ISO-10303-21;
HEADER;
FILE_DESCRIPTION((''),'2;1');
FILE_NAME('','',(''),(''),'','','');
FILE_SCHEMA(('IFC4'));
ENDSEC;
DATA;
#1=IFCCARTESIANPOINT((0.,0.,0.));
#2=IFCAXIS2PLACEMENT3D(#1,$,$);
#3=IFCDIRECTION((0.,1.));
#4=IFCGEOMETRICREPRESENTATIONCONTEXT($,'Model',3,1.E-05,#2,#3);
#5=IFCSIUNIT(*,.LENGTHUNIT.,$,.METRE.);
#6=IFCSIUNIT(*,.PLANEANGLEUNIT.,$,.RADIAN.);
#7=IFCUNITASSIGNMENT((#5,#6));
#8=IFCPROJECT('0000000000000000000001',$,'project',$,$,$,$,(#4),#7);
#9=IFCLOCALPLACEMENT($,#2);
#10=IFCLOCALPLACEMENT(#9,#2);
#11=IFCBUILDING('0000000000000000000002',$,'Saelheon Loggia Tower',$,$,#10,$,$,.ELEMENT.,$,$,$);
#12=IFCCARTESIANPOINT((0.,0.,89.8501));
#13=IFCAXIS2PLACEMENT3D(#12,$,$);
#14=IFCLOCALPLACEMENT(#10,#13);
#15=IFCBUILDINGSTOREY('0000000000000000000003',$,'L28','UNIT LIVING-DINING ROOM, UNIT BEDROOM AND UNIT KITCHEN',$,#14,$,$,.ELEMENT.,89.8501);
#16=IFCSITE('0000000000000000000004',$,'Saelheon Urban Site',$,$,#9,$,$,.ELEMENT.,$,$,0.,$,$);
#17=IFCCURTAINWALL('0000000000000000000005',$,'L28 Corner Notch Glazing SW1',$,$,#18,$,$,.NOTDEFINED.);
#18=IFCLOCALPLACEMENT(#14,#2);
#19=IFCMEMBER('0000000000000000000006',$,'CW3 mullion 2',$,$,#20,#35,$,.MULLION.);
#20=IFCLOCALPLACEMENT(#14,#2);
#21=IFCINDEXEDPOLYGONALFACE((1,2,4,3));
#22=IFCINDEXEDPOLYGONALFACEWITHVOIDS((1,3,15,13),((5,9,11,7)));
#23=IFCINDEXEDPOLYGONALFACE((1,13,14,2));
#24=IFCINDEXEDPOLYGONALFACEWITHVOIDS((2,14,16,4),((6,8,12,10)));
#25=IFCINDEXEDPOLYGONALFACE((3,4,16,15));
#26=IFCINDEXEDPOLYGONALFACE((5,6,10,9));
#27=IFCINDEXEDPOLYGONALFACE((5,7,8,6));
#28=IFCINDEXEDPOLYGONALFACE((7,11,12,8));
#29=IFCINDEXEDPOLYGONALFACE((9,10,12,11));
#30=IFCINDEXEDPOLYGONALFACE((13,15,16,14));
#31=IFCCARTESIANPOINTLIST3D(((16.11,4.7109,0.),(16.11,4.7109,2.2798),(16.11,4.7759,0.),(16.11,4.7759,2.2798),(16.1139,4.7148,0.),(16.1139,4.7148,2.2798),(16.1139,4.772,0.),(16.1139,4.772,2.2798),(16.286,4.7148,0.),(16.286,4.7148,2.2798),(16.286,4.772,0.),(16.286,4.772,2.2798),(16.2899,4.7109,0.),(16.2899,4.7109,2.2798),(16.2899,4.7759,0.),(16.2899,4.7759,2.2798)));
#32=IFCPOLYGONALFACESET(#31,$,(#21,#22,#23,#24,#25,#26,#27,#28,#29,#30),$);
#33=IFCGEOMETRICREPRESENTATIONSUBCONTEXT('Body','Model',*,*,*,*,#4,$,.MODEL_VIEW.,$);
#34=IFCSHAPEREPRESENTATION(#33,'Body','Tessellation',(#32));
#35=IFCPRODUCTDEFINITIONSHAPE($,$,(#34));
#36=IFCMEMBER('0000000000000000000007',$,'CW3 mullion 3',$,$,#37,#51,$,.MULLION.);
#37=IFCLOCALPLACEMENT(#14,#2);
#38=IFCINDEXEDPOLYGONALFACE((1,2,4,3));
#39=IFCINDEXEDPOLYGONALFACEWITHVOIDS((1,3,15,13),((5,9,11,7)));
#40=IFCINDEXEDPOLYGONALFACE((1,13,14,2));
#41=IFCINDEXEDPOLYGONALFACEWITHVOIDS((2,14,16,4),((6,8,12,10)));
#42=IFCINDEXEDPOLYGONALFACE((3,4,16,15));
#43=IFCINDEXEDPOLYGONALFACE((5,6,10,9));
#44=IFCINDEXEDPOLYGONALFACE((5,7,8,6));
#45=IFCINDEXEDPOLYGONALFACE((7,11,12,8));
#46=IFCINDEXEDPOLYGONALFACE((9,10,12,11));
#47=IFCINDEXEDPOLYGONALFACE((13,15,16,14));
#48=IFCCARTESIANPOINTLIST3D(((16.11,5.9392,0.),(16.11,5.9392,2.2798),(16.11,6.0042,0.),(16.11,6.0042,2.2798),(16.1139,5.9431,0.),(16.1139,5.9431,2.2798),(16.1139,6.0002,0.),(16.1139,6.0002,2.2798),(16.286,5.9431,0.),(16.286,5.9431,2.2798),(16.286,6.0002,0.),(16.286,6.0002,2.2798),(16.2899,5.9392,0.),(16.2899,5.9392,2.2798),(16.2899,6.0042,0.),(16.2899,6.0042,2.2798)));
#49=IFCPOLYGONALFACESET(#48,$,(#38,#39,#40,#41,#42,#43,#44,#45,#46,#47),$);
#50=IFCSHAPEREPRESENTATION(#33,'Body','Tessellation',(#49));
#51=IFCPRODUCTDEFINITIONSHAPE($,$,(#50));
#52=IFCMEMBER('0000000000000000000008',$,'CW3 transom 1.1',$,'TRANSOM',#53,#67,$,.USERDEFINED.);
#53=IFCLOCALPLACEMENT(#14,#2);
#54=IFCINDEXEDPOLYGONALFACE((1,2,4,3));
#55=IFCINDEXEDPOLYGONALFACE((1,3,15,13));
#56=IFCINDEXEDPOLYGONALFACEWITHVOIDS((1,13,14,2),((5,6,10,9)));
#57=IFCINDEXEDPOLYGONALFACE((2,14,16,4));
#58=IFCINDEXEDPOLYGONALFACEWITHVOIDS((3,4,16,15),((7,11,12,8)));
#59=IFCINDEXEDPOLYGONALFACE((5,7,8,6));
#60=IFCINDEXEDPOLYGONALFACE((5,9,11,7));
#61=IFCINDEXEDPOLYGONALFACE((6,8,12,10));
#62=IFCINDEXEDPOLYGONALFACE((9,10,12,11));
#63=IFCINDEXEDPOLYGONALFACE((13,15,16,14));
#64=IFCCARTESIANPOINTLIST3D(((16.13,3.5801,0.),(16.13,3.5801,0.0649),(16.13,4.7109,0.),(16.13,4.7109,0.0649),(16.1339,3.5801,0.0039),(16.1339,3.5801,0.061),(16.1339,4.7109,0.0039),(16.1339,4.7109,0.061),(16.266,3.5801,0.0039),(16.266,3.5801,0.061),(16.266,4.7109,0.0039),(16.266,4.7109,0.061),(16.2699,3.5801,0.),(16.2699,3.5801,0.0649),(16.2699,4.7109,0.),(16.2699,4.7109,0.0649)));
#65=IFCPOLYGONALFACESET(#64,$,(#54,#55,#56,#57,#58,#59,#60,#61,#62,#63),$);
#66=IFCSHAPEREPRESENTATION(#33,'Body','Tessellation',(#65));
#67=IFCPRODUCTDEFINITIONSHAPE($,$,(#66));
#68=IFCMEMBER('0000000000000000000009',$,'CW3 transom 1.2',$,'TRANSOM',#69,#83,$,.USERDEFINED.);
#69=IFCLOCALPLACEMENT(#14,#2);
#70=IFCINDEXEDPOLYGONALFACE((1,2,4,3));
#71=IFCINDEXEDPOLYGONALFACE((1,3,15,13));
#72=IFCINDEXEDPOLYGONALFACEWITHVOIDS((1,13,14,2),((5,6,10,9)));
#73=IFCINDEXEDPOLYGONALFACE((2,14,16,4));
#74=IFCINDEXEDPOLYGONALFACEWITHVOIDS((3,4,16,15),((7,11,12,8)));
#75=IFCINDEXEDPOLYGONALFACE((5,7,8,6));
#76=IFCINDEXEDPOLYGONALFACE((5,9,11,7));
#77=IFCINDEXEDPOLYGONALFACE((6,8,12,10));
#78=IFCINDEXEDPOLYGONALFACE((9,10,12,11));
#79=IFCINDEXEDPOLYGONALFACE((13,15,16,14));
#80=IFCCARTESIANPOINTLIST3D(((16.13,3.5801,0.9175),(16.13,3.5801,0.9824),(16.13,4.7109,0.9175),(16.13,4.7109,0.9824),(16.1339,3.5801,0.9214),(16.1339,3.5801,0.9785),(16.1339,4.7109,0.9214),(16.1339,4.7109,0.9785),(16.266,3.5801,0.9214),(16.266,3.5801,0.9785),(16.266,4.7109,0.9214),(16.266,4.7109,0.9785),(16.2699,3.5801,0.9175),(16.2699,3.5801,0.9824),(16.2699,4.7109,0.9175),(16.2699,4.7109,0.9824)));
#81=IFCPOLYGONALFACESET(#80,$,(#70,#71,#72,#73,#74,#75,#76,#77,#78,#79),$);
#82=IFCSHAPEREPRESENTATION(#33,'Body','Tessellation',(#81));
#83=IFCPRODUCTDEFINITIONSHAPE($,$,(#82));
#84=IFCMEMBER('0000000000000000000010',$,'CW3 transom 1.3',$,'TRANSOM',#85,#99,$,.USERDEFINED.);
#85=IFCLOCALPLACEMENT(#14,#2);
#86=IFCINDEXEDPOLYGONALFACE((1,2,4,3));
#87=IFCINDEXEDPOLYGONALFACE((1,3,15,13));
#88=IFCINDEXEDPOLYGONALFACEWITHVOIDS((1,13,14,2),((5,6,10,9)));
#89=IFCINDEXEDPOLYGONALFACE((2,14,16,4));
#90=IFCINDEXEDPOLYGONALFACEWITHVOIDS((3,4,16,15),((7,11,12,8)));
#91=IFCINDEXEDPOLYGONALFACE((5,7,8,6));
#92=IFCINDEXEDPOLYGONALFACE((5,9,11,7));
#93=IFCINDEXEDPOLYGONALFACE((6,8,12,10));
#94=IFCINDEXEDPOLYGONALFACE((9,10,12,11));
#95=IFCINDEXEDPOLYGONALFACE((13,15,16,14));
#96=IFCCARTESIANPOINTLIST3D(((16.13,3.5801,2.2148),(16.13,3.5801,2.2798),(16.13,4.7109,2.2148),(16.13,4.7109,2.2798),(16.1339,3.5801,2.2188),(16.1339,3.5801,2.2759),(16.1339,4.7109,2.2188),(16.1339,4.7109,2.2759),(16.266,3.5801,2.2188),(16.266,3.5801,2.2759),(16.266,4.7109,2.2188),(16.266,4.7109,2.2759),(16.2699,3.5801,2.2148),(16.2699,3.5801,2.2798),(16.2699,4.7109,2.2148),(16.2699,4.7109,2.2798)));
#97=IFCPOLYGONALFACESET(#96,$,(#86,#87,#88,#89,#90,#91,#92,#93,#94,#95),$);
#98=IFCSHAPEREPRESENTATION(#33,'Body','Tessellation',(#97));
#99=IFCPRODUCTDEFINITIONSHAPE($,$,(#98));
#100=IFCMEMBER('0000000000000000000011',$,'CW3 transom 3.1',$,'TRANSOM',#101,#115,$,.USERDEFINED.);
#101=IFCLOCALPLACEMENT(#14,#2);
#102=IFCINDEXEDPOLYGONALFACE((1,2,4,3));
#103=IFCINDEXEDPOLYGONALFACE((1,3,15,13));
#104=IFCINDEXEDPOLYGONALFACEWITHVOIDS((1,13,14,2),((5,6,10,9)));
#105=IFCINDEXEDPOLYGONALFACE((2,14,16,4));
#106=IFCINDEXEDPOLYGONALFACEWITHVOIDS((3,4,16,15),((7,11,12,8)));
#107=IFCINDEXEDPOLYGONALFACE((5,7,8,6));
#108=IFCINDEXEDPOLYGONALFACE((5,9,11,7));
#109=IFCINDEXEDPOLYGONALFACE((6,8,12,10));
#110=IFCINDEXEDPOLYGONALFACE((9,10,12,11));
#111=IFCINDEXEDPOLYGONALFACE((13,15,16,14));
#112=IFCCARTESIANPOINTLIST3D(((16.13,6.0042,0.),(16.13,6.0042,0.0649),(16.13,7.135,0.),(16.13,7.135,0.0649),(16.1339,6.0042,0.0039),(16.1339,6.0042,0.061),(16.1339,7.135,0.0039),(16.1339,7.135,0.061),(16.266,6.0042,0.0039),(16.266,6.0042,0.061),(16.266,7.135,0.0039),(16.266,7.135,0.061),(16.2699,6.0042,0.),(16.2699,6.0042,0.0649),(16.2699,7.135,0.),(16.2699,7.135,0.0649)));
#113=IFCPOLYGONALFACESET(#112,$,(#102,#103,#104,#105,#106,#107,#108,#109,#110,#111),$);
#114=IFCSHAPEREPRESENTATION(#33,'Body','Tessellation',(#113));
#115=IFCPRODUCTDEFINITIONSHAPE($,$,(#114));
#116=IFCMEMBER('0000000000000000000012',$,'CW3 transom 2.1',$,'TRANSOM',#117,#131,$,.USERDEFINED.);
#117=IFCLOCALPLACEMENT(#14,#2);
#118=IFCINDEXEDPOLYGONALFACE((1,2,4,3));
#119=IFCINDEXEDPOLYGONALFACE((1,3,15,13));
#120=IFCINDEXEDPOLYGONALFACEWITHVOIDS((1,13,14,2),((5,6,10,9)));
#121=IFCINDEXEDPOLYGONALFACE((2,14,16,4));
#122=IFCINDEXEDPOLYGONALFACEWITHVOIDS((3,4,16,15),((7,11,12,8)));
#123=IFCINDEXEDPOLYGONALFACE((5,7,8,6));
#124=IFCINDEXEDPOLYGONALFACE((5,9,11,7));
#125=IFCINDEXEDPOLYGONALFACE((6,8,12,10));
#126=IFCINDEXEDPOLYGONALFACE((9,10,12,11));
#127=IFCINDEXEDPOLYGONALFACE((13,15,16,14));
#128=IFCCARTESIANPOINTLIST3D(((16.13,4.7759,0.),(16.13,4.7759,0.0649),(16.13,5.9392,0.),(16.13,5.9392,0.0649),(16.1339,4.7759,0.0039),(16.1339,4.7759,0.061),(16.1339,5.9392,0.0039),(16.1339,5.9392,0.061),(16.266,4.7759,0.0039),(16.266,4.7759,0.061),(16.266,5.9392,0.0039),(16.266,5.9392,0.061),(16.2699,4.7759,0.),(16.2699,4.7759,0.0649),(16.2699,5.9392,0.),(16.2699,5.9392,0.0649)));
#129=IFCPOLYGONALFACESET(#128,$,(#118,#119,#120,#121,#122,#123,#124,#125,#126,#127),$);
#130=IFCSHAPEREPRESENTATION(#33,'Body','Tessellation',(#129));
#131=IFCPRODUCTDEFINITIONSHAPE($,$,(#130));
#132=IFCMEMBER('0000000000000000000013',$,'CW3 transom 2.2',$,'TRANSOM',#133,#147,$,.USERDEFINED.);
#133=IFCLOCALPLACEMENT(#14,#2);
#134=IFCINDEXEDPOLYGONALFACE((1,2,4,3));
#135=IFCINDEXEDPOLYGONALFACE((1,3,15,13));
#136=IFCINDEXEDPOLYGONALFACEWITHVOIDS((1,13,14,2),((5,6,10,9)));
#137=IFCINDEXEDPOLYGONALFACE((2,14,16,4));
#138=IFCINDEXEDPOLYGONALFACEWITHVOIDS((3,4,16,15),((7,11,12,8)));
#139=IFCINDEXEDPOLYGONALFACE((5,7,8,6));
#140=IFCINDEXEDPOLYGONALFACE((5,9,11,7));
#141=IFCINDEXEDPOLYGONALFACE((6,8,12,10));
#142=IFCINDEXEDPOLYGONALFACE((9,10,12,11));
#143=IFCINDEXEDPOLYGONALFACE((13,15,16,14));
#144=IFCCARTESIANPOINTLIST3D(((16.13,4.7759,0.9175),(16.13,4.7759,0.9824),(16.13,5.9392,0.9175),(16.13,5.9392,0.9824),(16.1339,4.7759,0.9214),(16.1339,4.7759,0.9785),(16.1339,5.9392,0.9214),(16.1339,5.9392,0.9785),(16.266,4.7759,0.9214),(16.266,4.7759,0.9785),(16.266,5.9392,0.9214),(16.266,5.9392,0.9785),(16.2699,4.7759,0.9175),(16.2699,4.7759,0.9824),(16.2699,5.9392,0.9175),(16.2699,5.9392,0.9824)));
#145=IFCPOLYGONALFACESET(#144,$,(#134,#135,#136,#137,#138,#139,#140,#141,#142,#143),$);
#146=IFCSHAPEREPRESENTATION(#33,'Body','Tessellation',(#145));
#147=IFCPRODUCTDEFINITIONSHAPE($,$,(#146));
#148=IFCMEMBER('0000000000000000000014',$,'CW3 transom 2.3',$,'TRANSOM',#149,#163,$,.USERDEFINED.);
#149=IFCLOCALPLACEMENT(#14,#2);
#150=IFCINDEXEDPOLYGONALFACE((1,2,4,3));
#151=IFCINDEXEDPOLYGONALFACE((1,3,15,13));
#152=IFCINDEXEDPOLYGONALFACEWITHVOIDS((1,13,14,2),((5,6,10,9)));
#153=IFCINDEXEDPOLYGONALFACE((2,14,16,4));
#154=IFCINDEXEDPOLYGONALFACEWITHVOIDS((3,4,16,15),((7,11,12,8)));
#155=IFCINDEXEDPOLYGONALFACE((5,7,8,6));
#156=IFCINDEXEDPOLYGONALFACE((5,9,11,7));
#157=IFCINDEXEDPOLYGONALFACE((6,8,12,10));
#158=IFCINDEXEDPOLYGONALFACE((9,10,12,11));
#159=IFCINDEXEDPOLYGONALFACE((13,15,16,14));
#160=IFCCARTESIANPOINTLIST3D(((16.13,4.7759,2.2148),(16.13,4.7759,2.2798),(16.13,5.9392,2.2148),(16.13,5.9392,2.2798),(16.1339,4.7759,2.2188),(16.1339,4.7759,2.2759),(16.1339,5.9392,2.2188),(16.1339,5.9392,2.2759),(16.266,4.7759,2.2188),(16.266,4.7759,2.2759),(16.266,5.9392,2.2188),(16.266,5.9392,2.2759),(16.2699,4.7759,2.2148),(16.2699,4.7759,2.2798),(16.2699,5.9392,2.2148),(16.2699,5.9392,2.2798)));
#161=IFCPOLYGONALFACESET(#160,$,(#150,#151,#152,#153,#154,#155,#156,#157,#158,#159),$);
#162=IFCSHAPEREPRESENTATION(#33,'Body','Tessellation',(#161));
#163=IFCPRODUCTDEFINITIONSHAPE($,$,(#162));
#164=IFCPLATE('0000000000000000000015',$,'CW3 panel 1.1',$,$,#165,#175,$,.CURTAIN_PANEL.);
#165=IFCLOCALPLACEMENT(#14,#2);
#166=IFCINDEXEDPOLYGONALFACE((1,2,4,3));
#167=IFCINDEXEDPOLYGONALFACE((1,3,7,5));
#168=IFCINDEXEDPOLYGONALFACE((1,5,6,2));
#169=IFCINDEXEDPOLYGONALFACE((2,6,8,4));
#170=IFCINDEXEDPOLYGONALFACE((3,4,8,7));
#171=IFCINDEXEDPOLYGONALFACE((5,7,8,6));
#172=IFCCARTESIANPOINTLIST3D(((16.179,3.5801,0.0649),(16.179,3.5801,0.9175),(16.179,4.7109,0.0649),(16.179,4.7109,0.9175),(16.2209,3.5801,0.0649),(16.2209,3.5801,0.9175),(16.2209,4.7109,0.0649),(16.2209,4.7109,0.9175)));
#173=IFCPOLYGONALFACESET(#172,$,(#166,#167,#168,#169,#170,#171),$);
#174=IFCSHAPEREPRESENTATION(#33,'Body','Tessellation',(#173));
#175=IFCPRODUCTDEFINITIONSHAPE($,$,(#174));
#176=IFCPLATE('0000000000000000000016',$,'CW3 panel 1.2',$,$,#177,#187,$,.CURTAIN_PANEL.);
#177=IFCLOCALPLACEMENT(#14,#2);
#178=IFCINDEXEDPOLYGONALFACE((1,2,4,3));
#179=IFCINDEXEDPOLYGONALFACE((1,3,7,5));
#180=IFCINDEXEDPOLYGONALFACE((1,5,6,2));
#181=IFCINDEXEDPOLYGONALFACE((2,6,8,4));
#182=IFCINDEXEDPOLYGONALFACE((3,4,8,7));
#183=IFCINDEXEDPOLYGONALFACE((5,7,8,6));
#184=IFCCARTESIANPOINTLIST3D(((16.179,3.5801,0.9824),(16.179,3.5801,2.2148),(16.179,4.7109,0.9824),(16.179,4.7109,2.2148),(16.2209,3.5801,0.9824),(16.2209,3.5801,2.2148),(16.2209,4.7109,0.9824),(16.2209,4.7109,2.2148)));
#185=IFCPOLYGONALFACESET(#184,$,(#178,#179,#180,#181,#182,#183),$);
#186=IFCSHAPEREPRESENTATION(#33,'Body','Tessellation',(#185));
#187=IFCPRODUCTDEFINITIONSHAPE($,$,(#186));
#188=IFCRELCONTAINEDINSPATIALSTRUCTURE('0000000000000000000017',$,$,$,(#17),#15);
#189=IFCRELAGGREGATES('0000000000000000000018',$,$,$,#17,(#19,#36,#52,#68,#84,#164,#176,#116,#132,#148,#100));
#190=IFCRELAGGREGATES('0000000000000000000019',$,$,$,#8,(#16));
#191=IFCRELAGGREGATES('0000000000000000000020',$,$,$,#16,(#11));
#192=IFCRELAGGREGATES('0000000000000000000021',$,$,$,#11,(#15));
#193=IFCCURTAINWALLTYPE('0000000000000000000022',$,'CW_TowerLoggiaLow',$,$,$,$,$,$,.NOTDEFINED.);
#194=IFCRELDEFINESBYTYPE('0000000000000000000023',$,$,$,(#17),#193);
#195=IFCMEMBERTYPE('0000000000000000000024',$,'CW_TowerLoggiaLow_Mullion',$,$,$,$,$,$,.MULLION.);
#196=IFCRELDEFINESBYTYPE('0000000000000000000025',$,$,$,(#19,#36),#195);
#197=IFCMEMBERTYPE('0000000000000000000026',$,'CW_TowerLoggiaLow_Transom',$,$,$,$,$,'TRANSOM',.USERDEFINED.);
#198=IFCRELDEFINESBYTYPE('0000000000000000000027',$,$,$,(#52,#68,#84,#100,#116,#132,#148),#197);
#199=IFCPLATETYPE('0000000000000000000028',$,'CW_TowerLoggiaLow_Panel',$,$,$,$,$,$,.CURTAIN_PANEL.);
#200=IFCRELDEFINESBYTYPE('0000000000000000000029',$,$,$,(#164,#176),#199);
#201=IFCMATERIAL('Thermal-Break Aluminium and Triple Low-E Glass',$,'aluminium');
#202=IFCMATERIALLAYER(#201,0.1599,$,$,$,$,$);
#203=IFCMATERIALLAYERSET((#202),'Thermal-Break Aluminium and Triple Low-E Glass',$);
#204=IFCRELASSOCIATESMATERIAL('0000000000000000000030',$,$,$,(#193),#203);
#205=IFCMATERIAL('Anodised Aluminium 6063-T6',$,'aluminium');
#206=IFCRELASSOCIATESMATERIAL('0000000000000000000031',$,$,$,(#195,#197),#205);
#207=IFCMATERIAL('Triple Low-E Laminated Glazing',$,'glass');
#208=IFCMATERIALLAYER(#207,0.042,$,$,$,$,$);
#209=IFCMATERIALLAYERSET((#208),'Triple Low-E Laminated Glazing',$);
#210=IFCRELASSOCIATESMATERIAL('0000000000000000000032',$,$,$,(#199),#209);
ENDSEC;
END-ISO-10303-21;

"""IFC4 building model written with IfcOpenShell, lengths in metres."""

from ifc_helpers import new_model, si_unit, direction, frame, origin, origin_2d, place, context, subcontext, project, spatial, rectangle, hollow_rectangle, extrude, source, transform, mapped, material, layer, layer_set, material_profile, profile_set, type_object, element, aggregate, save


model = new_model("IFC4")

# Units and contexts
model_context = context("Model", 3, precision=1e-05, world=origin(), true_north=direction((0.0, 1.0)))
body_context = subcontext(model_context, "Body", "Model", "MODEL_VIEW")
ifc_project = project(units=[si_unit("LENGTHUNIT", "METRE"), si_unit("PLANEANGLEUNIT", "RADIAN")], contexts=[model_context])

# Site, building, storey
site_placement = place(None, origin())
site = spatial("IfcSite", under=ifc_project, at=site_placement, Name="Saelheon Urban Site", CompositionType="ELEMENT", RefElevation=0.0)
building_placement = place(site_placement, origin())
building = spatial("IfcBuilding", under=site, at=building_placement, Name="Saelheon Loggia Tower", CompositionType="ELEMENT")
storey_placement = place(building_placement, frame((0.0, 0.0, 89.8501)))
storey = spatial("IfcBuildingStorey", under=building, at=storey_placement, Name="L28", Description="UNIT LIVING-DINING ROOM, UNIT BEDROOM AND UNIT KITCHEN", CompositionType="ELEMENT", Elevation=89.8501)

# Curtain wall, members, plates
ifc_material_1 = material(Name="Thermal-Break Aluminium and Triple Low-E Glass", Category="aluminium")
ifc_layer_1 = layer(ifc_material_1, 0.1599)
ifc_layer_set_1 = layer_set([ifc_layer_1], Name="Thermal-Break Aluminium and Triple Low-E Glass")
curtain_wall_type = type_object("IfcCurtainWallType", Name="CW_TowerLoggiaLow", PredefinedType="NOTDEFINED", material=ifc_layer_set_1)
curtain_wall_placement = place(storey_placement, origin())
curtain_wall = element("IfcCurtainWall", 1, at=curtain_wall_placement, inside=storey, type_object=curtain_wall_type, Name="L28 Corner Notch Glazing SW1", PredefinedType="NOTDEFINED")
ifc_material_2 = material(Name="Anodised Aluminium 6063-T6", Category="aluminium")
ifc_material_profile_1 = material_profile(ifc_material_2, hollow_rectangle(XDim=0.0649, YDim=0.1799, WallThickness=0.0039, at=origin_2d()), Name="RHS-180x65x4")
ifc_profile_set_1 = profile_set([ifc_material_profile_1], Name="Anodised Aluminium 6063-T6")
member_type_1 = type_object("IfcMemberType", Name="CW_TowerLoggiaLow_Mullion", PredefinedType="MULLION", material=ifc_profile_set_1)
shared_shape_1 = source(origin(), body_context, "Body", "SweptSolid", [
    extrude(hollow_rectangle(XDim=0.0649, YDim=0.1799, WallThickness=0.0039, at=origin_2d()), origin(), (0.0, 0.0, 1.0), 2.2798),
])
member_1_placement = place(storey_placement, frame((16.2, 4.7434, 0.0), z_axis=(0.0, 0.0, 1.0), x_axis=(0.0, 1.0, 0.0)))
member_1 = element("IfcMember", 2, at=member_1_placement, type_object=member_type_1, Name="CW3 mullion 2", PredefinedType="MULLION", context=body_context, shape_type="MappedRepresentation", body=[
    mapped(shared_shape_1, transform((0.0, 0.0, 0.0), scale=1.0)),
])
member_2_placement = place(storey_placement, frame((16.2, 5.9717, 0.0), z_axis=(0.0, 0.0, 1.0), x_axis=(0.0, 1.0, 0.0)))
member_2 = element("IfcMember", 3, at=member_2_placement, type_object=member_type_1, Name="CW3 mullion 3", PredefinedType="MULLION", context=body_context, shape_type="MappedRepresentation", body=[
    mapped(shared_shape_1, transform((0.0, 0.0, 0.0), scale=1.0)),
])
ifc_material_profile_2 = material_profile(ifc_material_2, hollow_rectangle(XDim=0.0649, YDim=0.1399, WallThickness=0.0039, at=origin_2d()), Name="RHS-140x65x4")
ifc_profile_set_2 = profile_set([ifc_material_profile_2], Name="Anodised Aluminium 6063-T6")
member_type_2 = type_object("IfcMemberType", Name="CW_TowerLoggiaLow_Transom", ElementType="TRANSOM", PredefinedType="USERDEFINED", material=ifc_profile_set_2)
shared_shape_2 = source(origin(), body_context, "Body", "SweptSolid", [
    extrude(hollow_rectangle(XDim=0.0649, YDim=0.1399, WallThickness=0.0039, at=origin_2d()), origin(), (0.0, 0.0, 1.0), 1.1309),
])
member_3_placement = place(storey_placement, frame((16.2, 3.5801, 0.0325), z_axis=(0.0, 1.0, 0.0), x_axis=(0.0, 0.0, 1.0)))
member_3 = element("IfcMember", 4, at=member_3_placement, type_object=member_type_2, Name="CW3 transom 1.1", ObjectType="TRANSOM", PredefinedType="USERDEFINED", context=body_context, shape_type="MappedRepresentation", body=[
    mapped(shared_shape_2, transform((0.0, 0.0, 0.0), scale=1.0)),
])
member_4_placement = place(storey_placement, frame((16.2, 3.5801, 0.95), z_axis=(0.0, 1.0, 0.0), x_axis=(0.0, 0.0, 1.0)))
member_4 = element("IfcMember", 5, at=member_4_placement, type_object=member_type_2, Name="CW3 transom 1.2", ObjectType="TRANSOM", PredefinedType="USERDEFINED", context=body_context, shape_type="MappedRepresentation", body=[
    mapped(shared_shape_2, transform((0.0, 0.0, 0.0), scale=1.0)),
])
member_5_placement = place(storey_placement, frame((16.2, 3.5801, 2.2473), z_axis=(0.0, 1.0, 0.0), x_axis=(0.0, 0.0, 1.0)))
member_5 = element("IfcMember", 6, at=member_5_placement, type_object=member_type_2, Name="CW3 transom 1.3", ObjectType="TRANSOM", PredefinedType="USERDEFINED", context=body_context, shape_type="MappedRepresentation", body=[
    mapped(shared_shape_2, transform((0.0, 0.0, 0.0), scale=1.0)),
])
member_6_placement = place(storey_placement, frame((16.2, 6.0042, 0.0325), z_axis=(0.0, 1.0, 0.0), x_axis=(0.0, 0.0, 1.0)))
member_6 = element("IfcMember", 7, at=member_6_placement, type_object=member_type_2, Name="CW3 transom 3.1", ObjectType="TRANSOM", PredefinedType="USERDEFINED", context=body_context, shape_type="MappedRepresentation", body=[
    mapped(shared_shape_2, transform((0.0, 0.0, 0.0), scale=1.0)),
])
shared_shape_3 = source(origin(), body_context, "Body", "SweptSolid", [
    extrude(hollow_rectangle(XDim=0.0649, YDim=0.1399, WallThickness=0.0039, at=origin_2d()), origin(), (0.0, 0.0, 1.0), 1.1633),
])
member_7_placement = place(storey_placement, frame((16.2, 4.7759, 0.0325), z_axis=(0.0, 1.0, 0.0), x_axis=(0.0, 0.0, 1.0)))
member_7 = element("IfcMember", 8, at=member_7_placement, type_object=member_type_2, Name="CW3 transom 2.1", ObjectType="TRANSOM", PredefinedType="USERDEFINED", context=body_context, shape_type="MappedRepresentation", body=[
    mapped(shared_shape_3, transform((0.0, 0.0, 0.0), scale=1.0)),
])
member_8_placement = place(storey_placement, frame((16.2, 4.7759, 0.95), z_axis=(0.0, 1.0, 0.0), x_axis=(0.0, 0.0, 1.0)))
member_8 = element("IfcMember", 9, at=member_8_placement, type_object=member_type_2, Name="CW3 transom 2.2", ObjectType="TRANSOM", PredefinedType="USERDEFINED", context=body_context, shape_type="MappedRepresentation", body=[
    mapped(shared_shape_3, transform((0.0, 0.0, 0.0), scale=1.0)),
])
member_9_placement = place(storey_placement, frame((16.2, 4.7759, 2.2473), z_axis=(0.0, 1.0, 0.0), x_axis=(0.0, 0.0, 1.0)))
member_9 = element("IfcMember", 10, at=member_9_placement, type_object=member_type_2, Name="CW3 transom 2.3", ObjectType="TRANSOM", PredefinedType="USERDEFINED", context=body_context, shape_type="MappedRepresentation", body=[
    mapped(shared_shape_3, transform((0.0, 0.0, 0.0), scale=1.0)),
])
ifc_material_3 = material(Name="Triple Low-E Laminated Glazing", Category="glass")
ifc_layer_2 = layer(ifc_material_3, 0.042)
ifc_layer_set_2 = layer_set([ifc_layer_2], Name="Triple Low-E Laminated Glazing")
plate_type = type_object("IfcPlateType", Name="CW_TowerLoggiaLow_Panel", PredefinedType="CURTAIN_PANEL", material=ifc_layer_set_2)
shared_shape_4 = source(origin(), body_context, "Body", "SweptSolid", [
    extrude(rectangle(XDim=1.1309, YDim=0.042, at=origin_2d()), origin(), (0.0, 0.0, 1.0), 0.8525),
])
plate_1_placement = place(storey_placement, frame((16.2, 4.1455, 0.0649), z_axis=(0.0, 0.0, 1.0), x_axis=(0.0, 1.0, 0.0)))
plate_1 = element("IfcPlate", 11, at=plate_1_placement, type_object=plate_type, Name="CW3 panel 1.1", PredefinedType="CURTAIN_PANEL", context=body_context, shape_type="MappedRepresentation", body=[
    mapped(shared_shape_4, transform((0.0, 0.0, 0.0), scale=1.0)),
])
shared_shape_5 = source(origin(), body_context, "Body", "SweptSolid", [
    extrude(rectangle(XDim=1.1309, YDim=0.042, at=origin_2d()), origin(), (0.0, 0.0, 1.0), 1.2324),
])
plate_2_placement = place(storey_placement, frame((16.2, 4.1455, 0.9824), z_axis=(0.0, 0.0, 1.0), x_axis=(0.0, 1.0, 0.0)))
plate_2 = element("IfcPlate", 12, at=plate_2_placement, type_object=plate_type, Name="CW3 panel 1.2", PredefinedType="CURTAIN_PANEL", context=body_context, shape_type="MappedRepresentation", body=[
    mapped(shared_shape_5, transform((0.0, 0.0, 0.0), scale=1.0)),
])
aggregate(curtain_wall, [member_1, member_2, member_3, member_4, member_5, plate_1, plate_2, member_7, member_8, member_9, member_6])

save(model, "model.ifc")
